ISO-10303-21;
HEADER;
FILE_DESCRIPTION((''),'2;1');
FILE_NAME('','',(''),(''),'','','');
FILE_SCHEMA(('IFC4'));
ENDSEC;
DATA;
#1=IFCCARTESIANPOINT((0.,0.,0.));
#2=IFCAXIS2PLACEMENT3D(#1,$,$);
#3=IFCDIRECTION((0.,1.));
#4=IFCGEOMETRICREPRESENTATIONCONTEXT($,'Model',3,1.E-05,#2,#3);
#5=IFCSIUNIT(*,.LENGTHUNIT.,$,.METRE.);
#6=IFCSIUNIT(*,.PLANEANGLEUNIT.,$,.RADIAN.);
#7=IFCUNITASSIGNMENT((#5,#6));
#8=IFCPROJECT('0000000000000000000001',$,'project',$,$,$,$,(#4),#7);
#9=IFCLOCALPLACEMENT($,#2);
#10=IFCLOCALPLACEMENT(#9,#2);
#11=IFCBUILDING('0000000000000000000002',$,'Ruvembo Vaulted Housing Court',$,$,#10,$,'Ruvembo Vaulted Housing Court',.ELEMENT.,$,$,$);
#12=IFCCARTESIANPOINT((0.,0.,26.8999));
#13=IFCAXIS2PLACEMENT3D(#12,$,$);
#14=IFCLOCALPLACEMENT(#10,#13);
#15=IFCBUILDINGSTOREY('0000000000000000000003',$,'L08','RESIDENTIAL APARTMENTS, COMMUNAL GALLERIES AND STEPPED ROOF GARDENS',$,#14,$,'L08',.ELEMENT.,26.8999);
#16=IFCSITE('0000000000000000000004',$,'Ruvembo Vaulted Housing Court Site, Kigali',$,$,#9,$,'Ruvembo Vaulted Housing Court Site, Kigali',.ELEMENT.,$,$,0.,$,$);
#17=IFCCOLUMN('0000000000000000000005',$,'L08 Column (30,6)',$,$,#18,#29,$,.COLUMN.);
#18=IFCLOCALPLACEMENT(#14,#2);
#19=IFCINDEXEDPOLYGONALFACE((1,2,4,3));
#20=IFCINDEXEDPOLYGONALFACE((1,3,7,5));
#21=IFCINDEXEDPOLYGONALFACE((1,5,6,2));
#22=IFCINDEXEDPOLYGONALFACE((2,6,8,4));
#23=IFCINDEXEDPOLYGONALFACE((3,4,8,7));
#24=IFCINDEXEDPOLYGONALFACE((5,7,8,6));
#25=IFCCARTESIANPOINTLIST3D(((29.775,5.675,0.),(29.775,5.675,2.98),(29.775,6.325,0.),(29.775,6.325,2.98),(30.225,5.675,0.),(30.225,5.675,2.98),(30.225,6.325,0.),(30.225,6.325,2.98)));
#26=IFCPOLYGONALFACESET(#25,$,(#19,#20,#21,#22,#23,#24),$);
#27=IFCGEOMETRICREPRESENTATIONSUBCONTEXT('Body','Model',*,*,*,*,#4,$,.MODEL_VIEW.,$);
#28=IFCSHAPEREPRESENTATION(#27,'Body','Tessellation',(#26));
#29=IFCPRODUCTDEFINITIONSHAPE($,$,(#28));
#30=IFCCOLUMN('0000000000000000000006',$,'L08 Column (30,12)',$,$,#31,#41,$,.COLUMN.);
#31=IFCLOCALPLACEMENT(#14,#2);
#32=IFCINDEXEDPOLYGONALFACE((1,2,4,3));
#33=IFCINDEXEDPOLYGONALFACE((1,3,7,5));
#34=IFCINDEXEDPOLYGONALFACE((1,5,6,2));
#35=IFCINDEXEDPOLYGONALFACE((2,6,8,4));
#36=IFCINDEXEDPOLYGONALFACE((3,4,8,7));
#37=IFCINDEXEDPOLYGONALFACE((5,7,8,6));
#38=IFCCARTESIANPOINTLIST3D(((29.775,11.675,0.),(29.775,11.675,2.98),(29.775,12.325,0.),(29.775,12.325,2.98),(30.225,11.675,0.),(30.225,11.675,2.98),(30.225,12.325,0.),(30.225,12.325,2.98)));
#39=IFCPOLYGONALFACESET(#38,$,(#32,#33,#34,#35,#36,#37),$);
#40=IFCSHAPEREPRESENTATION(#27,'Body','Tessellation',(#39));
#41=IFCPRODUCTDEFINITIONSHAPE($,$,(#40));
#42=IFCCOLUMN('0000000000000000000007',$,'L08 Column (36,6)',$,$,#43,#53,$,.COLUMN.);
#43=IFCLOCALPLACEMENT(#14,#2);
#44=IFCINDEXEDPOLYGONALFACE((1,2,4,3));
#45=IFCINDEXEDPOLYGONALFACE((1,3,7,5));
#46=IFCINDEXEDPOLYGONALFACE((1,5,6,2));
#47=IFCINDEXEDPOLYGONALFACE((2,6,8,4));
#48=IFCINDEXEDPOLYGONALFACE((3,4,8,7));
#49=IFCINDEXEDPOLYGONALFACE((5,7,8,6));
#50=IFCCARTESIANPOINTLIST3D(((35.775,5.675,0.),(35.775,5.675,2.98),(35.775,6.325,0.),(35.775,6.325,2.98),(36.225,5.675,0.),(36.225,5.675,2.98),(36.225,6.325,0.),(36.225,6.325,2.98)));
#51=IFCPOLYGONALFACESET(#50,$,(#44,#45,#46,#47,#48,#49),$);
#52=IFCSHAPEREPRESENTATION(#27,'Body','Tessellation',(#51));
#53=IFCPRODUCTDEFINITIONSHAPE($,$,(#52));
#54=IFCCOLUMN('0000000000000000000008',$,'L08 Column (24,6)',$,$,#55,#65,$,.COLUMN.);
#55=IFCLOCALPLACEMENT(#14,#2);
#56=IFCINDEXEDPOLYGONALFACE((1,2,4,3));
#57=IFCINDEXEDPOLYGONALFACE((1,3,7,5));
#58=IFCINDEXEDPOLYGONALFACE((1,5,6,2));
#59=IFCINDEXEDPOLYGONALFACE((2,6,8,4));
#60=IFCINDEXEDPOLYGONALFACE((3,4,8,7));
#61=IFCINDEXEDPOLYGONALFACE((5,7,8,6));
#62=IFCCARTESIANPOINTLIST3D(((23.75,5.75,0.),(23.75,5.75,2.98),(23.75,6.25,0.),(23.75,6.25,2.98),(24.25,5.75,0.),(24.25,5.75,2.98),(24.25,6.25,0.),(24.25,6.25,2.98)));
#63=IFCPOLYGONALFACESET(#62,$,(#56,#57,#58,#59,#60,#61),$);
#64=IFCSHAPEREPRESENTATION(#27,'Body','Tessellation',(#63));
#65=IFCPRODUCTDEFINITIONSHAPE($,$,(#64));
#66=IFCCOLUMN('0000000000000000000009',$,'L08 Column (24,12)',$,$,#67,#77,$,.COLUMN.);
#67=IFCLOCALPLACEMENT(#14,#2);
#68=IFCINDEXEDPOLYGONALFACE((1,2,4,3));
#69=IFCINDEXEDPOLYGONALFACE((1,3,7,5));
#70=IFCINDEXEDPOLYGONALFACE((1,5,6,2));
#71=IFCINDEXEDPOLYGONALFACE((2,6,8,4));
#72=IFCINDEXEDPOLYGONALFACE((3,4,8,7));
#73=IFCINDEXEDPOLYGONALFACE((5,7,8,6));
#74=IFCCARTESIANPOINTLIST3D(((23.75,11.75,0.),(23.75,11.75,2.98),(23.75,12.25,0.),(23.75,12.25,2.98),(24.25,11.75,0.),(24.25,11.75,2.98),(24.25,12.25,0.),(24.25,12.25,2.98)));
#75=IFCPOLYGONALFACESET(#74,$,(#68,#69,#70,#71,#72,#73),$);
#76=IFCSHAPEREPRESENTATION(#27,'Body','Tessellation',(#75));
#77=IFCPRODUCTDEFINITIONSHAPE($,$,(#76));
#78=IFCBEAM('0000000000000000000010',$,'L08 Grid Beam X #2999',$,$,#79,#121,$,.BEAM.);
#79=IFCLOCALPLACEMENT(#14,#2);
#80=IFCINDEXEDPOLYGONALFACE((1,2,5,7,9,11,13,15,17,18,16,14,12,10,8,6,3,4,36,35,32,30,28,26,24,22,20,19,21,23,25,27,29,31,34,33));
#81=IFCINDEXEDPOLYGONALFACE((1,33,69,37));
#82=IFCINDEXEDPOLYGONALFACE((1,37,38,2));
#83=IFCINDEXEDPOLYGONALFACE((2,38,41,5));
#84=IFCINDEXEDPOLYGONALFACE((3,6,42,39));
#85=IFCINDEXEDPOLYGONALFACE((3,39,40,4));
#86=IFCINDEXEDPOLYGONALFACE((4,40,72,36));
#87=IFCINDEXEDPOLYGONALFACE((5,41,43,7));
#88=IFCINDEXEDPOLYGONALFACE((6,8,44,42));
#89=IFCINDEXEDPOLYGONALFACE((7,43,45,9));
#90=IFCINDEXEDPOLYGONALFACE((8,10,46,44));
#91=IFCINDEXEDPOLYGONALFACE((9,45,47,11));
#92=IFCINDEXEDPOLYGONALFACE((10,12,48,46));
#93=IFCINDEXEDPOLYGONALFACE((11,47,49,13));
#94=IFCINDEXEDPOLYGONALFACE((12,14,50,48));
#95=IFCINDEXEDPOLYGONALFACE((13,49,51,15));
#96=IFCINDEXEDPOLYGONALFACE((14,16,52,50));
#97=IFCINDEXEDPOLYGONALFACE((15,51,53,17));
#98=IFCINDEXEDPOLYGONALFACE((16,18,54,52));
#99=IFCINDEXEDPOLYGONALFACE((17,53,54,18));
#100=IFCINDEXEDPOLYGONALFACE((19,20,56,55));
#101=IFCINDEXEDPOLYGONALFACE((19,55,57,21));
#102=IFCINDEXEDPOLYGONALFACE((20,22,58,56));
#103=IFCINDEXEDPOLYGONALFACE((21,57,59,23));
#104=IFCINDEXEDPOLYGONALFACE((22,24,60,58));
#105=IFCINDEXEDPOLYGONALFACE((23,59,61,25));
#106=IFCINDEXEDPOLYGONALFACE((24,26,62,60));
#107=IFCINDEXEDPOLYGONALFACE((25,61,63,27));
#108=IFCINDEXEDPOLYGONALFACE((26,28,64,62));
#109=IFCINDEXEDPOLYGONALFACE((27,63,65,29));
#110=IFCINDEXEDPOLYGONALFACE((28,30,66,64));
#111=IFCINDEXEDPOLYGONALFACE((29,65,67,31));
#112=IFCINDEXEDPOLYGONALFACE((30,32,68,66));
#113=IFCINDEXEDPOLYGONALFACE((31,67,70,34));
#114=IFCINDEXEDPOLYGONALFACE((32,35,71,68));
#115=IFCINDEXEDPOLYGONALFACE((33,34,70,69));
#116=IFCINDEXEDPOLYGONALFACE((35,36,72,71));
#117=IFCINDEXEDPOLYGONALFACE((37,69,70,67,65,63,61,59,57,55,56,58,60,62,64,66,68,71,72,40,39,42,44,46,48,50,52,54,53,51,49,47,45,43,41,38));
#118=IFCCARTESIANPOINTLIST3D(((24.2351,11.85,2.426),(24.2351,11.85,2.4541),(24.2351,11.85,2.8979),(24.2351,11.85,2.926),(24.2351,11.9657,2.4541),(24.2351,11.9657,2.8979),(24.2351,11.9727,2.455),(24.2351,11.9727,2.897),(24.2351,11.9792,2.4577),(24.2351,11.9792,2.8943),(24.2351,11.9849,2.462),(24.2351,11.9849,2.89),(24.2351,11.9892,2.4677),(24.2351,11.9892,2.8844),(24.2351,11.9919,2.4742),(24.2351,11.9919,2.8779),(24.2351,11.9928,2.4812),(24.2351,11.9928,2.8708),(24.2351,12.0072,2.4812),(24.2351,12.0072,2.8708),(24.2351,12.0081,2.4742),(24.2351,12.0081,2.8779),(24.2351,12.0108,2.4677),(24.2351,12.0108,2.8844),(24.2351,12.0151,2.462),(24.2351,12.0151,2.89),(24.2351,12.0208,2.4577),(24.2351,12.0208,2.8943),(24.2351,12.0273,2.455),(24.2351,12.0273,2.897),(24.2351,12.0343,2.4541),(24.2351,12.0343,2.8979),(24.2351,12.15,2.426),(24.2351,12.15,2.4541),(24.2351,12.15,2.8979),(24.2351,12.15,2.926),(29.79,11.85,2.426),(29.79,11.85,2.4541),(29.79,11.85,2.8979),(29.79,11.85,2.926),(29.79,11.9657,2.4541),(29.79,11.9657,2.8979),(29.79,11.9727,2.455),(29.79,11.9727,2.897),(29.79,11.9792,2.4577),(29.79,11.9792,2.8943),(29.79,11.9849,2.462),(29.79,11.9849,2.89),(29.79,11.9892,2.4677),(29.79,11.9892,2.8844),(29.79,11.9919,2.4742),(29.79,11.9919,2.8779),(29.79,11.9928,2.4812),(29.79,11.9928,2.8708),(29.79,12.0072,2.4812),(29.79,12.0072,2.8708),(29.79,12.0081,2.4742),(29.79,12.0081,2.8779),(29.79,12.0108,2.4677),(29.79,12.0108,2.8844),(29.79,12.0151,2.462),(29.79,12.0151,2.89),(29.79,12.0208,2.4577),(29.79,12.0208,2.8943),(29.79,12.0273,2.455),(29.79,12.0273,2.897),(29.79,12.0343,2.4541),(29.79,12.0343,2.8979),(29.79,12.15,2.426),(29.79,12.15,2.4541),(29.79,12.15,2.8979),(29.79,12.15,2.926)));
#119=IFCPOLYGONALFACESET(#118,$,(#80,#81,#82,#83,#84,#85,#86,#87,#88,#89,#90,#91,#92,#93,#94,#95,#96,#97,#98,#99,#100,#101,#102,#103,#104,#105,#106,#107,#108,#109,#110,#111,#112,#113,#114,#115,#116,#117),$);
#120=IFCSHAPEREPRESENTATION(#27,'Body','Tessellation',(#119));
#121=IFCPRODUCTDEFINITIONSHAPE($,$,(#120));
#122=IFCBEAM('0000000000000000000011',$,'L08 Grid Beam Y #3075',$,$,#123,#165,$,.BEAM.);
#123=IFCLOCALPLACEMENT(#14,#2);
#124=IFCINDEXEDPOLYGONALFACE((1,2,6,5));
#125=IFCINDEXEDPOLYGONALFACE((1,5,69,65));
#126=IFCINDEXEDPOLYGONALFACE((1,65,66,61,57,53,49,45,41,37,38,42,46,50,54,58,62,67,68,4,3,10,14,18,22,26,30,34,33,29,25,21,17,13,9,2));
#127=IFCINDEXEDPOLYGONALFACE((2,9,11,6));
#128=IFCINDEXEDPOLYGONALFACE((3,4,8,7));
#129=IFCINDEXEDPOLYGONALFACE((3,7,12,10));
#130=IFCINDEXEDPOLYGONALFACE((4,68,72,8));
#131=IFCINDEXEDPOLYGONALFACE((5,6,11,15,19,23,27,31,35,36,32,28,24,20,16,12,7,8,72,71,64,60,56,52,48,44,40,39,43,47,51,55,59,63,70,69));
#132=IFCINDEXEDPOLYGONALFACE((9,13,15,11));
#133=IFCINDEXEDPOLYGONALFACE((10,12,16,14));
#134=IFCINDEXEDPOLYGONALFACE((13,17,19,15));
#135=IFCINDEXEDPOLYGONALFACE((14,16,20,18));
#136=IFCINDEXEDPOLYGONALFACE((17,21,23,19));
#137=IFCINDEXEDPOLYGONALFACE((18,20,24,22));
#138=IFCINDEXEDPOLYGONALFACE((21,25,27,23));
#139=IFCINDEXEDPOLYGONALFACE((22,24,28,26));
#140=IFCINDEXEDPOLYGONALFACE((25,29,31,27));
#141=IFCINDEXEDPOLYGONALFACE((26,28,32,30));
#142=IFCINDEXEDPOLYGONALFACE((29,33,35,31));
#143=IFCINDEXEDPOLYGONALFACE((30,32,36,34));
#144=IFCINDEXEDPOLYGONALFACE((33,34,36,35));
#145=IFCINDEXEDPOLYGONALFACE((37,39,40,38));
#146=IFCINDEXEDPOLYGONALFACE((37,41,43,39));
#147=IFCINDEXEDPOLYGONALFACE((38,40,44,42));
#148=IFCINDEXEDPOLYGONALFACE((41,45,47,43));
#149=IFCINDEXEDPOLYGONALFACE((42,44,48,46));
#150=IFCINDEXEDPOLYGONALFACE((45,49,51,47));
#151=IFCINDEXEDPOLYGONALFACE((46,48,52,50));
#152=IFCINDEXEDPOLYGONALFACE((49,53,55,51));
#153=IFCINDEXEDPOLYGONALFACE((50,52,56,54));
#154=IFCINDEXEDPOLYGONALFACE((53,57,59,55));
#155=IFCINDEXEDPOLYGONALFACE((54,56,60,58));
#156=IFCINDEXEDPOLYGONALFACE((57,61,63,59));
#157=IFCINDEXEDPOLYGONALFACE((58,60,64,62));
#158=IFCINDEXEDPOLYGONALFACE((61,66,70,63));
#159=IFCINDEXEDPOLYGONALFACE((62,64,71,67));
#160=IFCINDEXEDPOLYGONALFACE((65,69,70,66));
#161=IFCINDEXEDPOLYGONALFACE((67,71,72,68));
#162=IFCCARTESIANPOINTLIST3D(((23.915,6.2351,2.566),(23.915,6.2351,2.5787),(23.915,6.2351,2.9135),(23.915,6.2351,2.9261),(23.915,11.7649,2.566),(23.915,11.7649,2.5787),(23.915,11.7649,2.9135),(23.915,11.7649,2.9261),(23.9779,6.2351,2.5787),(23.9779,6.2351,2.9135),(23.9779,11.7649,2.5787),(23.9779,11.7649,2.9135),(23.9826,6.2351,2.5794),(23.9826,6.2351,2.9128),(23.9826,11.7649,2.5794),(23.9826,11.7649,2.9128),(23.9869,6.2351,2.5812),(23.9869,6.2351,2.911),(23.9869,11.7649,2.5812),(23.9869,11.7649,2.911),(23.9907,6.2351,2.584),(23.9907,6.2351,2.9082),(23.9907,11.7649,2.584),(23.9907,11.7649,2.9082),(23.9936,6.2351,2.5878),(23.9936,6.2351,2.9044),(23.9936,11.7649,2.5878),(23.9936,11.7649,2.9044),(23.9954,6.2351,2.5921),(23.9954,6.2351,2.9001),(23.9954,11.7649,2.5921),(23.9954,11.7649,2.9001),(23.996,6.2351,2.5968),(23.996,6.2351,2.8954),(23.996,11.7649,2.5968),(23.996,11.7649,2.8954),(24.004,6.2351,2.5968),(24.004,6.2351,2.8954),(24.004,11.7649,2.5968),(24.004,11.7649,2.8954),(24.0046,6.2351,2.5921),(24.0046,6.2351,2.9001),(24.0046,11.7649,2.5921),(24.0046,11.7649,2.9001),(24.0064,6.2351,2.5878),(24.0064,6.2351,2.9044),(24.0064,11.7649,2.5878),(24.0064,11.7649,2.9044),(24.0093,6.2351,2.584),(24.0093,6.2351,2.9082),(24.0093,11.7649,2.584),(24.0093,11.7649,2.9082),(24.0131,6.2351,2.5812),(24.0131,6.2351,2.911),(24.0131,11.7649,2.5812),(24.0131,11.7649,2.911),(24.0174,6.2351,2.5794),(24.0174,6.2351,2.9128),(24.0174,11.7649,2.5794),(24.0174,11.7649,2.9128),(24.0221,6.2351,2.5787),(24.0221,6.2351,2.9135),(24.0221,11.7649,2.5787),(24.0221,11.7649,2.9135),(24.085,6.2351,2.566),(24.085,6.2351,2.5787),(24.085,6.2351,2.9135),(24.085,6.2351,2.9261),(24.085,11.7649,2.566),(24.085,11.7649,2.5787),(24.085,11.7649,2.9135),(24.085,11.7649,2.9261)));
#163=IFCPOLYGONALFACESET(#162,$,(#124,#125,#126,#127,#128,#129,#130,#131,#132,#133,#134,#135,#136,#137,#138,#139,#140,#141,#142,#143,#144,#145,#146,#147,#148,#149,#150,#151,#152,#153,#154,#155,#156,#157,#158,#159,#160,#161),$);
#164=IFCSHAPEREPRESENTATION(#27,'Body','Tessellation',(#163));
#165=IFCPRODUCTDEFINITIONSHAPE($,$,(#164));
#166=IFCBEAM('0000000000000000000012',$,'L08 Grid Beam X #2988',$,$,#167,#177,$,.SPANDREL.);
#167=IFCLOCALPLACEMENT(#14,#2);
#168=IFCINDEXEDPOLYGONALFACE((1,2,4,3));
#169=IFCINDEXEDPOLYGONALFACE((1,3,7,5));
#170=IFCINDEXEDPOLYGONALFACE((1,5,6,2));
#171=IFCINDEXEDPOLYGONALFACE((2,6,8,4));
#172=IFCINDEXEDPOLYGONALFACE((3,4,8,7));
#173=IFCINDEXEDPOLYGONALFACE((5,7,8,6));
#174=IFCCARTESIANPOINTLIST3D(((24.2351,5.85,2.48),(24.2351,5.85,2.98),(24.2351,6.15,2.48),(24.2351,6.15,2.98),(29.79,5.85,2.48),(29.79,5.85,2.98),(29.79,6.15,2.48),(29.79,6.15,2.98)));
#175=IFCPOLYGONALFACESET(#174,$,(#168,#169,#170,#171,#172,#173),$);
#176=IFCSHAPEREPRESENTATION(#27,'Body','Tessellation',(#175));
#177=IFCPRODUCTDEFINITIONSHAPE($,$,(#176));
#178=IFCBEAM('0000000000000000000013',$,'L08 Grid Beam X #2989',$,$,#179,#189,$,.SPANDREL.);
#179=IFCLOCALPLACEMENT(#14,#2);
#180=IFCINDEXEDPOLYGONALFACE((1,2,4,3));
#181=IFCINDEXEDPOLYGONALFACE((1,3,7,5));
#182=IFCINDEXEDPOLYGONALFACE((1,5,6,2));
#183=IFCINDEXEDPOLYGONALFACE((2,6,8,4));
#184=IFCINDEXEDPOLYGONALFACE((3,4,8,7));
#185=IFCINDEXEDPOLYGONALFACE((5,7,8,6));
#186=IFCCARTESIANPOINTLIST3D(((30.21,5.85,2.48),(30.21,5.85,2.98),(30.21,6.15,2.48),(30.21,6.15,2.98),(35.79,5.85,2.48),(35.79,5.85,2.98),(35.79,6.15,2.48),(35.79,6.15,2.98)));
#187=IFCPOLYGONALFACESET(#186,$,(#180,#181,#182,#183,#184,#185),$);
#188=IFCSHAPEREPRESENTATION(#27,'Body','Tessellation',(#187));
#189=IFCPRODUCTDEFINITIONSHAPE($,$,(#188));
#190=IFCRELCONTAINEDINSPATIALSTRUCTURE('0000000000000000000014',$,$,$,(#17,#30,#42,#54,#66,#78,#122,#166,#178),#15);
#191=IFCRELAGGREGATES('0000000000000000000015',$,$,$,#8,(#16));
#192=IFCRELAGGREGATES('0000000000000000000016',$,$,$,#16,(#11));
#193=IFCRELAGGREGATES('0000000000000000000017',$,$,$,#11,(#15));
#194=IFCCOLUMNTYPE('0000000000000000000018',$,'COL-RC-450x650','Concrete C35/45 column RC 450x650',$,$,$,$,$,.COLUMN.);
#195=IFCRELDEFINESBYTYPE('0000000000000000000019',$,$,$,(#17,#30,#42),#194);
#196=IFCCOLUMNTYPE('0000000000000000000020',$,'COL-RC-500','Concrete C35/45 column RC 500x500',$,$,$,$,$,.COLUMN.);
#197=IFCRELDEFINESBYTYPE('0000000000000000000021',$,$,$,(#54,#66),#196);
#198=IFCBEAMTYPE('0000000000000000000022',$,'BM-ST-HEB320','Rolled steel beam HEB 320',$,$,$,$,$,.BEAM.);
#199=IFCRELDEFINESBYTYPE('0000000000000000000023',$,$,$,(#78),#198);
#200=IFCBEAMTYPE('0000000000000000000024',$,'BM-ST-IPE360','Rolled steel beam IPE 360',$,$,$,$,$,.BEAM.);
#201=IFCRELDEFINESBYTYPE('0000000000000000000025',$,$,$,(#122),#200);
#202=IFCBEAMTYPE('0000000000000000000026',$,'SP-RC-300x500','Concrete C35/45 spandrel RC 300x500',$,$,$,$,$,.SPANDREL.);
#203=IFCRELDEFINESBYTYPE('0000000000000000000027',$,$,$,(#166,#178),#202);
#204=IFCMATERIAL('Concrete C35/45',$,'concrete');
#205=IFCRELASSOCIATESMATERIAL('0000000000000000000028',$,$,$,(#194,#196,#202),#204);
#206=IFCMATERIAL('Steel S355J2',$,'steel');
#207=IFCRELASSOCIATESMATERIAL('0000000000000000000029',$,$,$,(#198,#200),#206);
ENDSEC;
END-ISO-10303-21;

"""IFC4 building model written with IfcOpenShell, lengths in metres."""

from ifc_helpers import new_model, si_unit, direction, frame, origin, origin_2d, place, context, subcontext, project, spatial, rectangle, i_section, extrude, material, material_profile, profile_set, type_object, element, save


model = new_model("IFC4")

# Units and contexts
model_context = context("Model", 3, precision=1e-05, world=origin(), true_north=direction((0.0, 1.0)))
body_context = subcontext(model_context, "Body", "Model", "MODEL_VIEW")
ifc_project = project(units=[si_unit("LENGTHUNIT", "METRE"), si_unit("PLANEANGLEUNIT", "RADIAN")], contexts=[model_context])

# Site, building, storey
site_placement = place(None, origin())
site = spatial("IfcSite", under=ifc_project, at=site_placement, Name="Ruvembo Vaulted Housing Court Site, Kigali", LongName="Ruvembo Vaulted Housing Court Site, Kigali", CompositionType="ELEMENT", RefElevation=0.0)
building_placement = place(site_placement, origin())
building = spatial("IfcBuilding", under=site, at=building_placement, Name="Ruvembo Vaulted Housing Court", LongName="Ruvembo Vaulted Housing Court", CompositionType="ELEMENT")
storey_placement = place(building_placement, frame((0.0, 0.0, 26.8999)))
storey = spatial("IfcBuildingStorey", under=building, at=storey_placement, Name="L08", Description="RESIDENTIAL APARTMENTS, COMMUNAL GALLERIES AND STEPPED ROOF GARDENS", LongName="L08", CompositionType="ELEMENT", Elevation=26.8999)

# Columns
ifc_material_1 = material(Name="Concrete C35/45", Category="concrete")
ifc_material_profile_1 = material_profile(ifc_material_1, rectangle(XDim=0.45, YDim=0.6499, at=origin_2d()), Name="RC 450x650")
ifc_profile_set_1 = profile_set([ifc_material_profile_1], Name="Concrete C35/45")
column_type_1 = type_object("IfcColumnType", Name="COL-RC-450x650", Description="Concrete C35/45 column RC 450x650", PredefinedType="COLUMN", material=ifc_profile_set_1)
for number, where, z_axis, x_axis, name in (
    (1, (30.0, 6.0, 0.0), (0.0, 0.0, 1.0), (1.0, 0.0, 0.0), "L08 Column (30,6)"),
    (2, (30.0, 12.0, 0.0), (0.0, 0.0, 1.0), (1.0, 0.0, 0.0), "L08 Column (30,12)"),
    (3, (36.0, 6.0, 0.0), (0.0, 0.0, 1.0), (1.0, 0.0, 0.0), "L08 Column (36,6)"),
):
    element("IfcColumn", number, at=place(storey_placement, frame(where, z_axis=z_axis, x_axis=x_axis)), inside=storey, type_object=column_type_1, Name=name, PredefinedType="COLUMN", context=body_context, shape_type="SweptSolid", body=[
        extrude(rectangle(XDim=0.45, YDim=0.6499, at=origin_2d()), origin(), (0.0, 0.0, 1.0), 2.98),
    ])
ifc_material_profile_2 = material_profile(ifc_material_1, rectangle(XDim=0.5, YDim=0.5, at=origin_2d()), Name="RC 500x500")
ifc_profile_set_2 = profile_set([ifc_material_profile_2], Name="Concrete C35/45")
column_type_2 = type_object("IfcColumnType", Name="COL-RC-500", Description="Concrete C35/45 column RC 500x500", PredefinedType="COLUMN", material=ifc_profile_set_2)
for number, where, z_axis, x_axis, name in (
    (4, (24.0, 6.0, 0.0), (0.0, 0.0, 1.0), (1.0, 0.0, 0.0), "L08 Column (24,6)"),
    (5, (24.0, 12.0, 0.0), (0.0, 0.0, 1.0), (1.0, 0.0, 0.0), "L08 Column (24,12)"),
):
    element("IfcColumn", number, at=place(storey_placement, frame(where, z_axis=z_axis, x_axis=x_axis)), inside=storey, type_object=column_type_2, Name=name, PredefinedType="COLUMN", context=body_context, shape_type="SweptSolid", body=[
        extrude(rectangle(XDim=0.5, YDim=0.5, at=origin_2d()), origin(), (0.0, 0.0, 1.0), 2.98),
    ])

# Beams
ifc_material_2 = material(Name="Steel S355J2", Category="steel")
ifc_material_profile_3 = material_profile(ifc_material_2, i_section(OverallWidth=0.3, OverallDepth=0.5, WebThickness=0.0144, FlangeThickness=0.0281, FilletRadius=0.0271, at=origin_2d()), Name="HEB 320")
ifc_profile_set_3 = profile_set([ifc_material_profile_3], Name="Steel S355J2")
beam_type_1 = type_object("IfcBeamType", Name="BM-ST-HEB320", Description="Rolled steel beam HEB 320", PredefinedType="BEAM", material=ifc_profile_set_3)
beam_1_placement = place(storey_placement, frame((24.2351, 12.0, 2.676), z_axis=(1.0, 0.0, 0.0), x_axis=(0.0, 1.0, 0.0)))
element("IfcBeam", 6, at=beam_1_placement, inside=storey, type_object=beam_type_1, Name="L08 Grid Beam X #2999", PredefinedType="BEAM", context=body_context, shape_type="SweptSolid", body=[
    extrude(i_section(OverallWidth=0.3, OverallDepth=0.5, WebThickness=0.0144, FlangeThickness=0.0281, FilletRadius=0.0271, at=origin_2d()), origin(), (0.0, 0.0, 1.0), 5.5549),
])
ifc_material_profile_4 = material_profile(ifc_material_2, i_section(OverallWidth=0.1699, OverallDepth=0.3601, WebThickness=0.0081, FlangeThickness=0.0127, FilletRadius=0.0181, at=origin_2d()), Name="IPE 360")
ifc_profile_set_4 = profile_set([ifc_material_profile_4], Name="Steel S355J2")
beam_type_2 = type_object("IfcBeamType", Name="BM-ST-IPE360", Description="Rolled steel beam IPE 360", PredefinedType="BEAM", material=ifc_profile_set_4)
beam_2_placement = place(storey_placement, frame((24.0, 6.2351, 2.7461), z_axis=(0.0, 1.0, 0.0), x_axis=(-1.0, 0.0, 0.0)))
element("IfcBeam", 7, at=beam_2_placement, inside=storey, type_object=beam_type_2, Name="L08 Grid Beam Y #3075", PredefinedType="BEAM", context=body_context, shape_type="SweptSolid", body=[
    extrude(i_section(OverallWidth=0.1699, OverallDepth=0.3601, WebThickness=0.0081, FlangeThickness=0.0127, FilletRadius=0.0181, at=origin_2d()), origin(), (0.0, 0.0, 1.0), 5.5298),
])
ifc_material_profile_5 = material_profile(ifc_material_1, rectangle(XDim=0.3, YDim=0.5, at=origin_2d()), Name="RC 300x500")
ifc_profile_set_5 = profile_set([ifc_material_profile_5], Name="Concrete C35/45")
beam_type_3 = type_object("IfcBeamType", Name="SP-RC-300x500", Description="Concrete C35/45 spandrel RC 300x500", PredefinedType="SPANDREL", material=ifc_profile_set_5)
beam_3_placement = place(storey_placement, frame((24.2351, 6.0, 2.73), z_axis=(1.0, 0.0, 0.0), x_axis=(0.0, 1.0, 0.0)))
element("IfcBeam", 8, at=beam_3_placement, inside=storey, type_object=beam_type_3, Name="L08 Grid Beam X #2988", PredefinedType="SPANDREL", context=body_context, shape_type="SweptSolid", body=[
    extrude(rectangle(XDim=0.3, YDim=0.5, at=origin_2d()), origin(), (0.0, 0.0, 1.0), 5.5549),
])
beam_4_placement = place(storey_placement, frame((30.21, 6.0, 2.73), z_axis=(1.0, 0.0, 0.0), x_axis=(0.0, 1.0, 0.0)))
element("IfcBeam", 9, at=beam_4_placement, inside=storey, type_object=beam_type_3, Name="L08 Grid Beam X #2989", PredefinedType="SPANDREL", context=body_context, shape_type="SweptSolid", body=[
    extrude(rectangle(XDim=0.3, YDim=0.5, at=origin_2d()), origin(), (0.0, 0.0, 1.0), 5.5801),
])

save(model, "model.ifc")
